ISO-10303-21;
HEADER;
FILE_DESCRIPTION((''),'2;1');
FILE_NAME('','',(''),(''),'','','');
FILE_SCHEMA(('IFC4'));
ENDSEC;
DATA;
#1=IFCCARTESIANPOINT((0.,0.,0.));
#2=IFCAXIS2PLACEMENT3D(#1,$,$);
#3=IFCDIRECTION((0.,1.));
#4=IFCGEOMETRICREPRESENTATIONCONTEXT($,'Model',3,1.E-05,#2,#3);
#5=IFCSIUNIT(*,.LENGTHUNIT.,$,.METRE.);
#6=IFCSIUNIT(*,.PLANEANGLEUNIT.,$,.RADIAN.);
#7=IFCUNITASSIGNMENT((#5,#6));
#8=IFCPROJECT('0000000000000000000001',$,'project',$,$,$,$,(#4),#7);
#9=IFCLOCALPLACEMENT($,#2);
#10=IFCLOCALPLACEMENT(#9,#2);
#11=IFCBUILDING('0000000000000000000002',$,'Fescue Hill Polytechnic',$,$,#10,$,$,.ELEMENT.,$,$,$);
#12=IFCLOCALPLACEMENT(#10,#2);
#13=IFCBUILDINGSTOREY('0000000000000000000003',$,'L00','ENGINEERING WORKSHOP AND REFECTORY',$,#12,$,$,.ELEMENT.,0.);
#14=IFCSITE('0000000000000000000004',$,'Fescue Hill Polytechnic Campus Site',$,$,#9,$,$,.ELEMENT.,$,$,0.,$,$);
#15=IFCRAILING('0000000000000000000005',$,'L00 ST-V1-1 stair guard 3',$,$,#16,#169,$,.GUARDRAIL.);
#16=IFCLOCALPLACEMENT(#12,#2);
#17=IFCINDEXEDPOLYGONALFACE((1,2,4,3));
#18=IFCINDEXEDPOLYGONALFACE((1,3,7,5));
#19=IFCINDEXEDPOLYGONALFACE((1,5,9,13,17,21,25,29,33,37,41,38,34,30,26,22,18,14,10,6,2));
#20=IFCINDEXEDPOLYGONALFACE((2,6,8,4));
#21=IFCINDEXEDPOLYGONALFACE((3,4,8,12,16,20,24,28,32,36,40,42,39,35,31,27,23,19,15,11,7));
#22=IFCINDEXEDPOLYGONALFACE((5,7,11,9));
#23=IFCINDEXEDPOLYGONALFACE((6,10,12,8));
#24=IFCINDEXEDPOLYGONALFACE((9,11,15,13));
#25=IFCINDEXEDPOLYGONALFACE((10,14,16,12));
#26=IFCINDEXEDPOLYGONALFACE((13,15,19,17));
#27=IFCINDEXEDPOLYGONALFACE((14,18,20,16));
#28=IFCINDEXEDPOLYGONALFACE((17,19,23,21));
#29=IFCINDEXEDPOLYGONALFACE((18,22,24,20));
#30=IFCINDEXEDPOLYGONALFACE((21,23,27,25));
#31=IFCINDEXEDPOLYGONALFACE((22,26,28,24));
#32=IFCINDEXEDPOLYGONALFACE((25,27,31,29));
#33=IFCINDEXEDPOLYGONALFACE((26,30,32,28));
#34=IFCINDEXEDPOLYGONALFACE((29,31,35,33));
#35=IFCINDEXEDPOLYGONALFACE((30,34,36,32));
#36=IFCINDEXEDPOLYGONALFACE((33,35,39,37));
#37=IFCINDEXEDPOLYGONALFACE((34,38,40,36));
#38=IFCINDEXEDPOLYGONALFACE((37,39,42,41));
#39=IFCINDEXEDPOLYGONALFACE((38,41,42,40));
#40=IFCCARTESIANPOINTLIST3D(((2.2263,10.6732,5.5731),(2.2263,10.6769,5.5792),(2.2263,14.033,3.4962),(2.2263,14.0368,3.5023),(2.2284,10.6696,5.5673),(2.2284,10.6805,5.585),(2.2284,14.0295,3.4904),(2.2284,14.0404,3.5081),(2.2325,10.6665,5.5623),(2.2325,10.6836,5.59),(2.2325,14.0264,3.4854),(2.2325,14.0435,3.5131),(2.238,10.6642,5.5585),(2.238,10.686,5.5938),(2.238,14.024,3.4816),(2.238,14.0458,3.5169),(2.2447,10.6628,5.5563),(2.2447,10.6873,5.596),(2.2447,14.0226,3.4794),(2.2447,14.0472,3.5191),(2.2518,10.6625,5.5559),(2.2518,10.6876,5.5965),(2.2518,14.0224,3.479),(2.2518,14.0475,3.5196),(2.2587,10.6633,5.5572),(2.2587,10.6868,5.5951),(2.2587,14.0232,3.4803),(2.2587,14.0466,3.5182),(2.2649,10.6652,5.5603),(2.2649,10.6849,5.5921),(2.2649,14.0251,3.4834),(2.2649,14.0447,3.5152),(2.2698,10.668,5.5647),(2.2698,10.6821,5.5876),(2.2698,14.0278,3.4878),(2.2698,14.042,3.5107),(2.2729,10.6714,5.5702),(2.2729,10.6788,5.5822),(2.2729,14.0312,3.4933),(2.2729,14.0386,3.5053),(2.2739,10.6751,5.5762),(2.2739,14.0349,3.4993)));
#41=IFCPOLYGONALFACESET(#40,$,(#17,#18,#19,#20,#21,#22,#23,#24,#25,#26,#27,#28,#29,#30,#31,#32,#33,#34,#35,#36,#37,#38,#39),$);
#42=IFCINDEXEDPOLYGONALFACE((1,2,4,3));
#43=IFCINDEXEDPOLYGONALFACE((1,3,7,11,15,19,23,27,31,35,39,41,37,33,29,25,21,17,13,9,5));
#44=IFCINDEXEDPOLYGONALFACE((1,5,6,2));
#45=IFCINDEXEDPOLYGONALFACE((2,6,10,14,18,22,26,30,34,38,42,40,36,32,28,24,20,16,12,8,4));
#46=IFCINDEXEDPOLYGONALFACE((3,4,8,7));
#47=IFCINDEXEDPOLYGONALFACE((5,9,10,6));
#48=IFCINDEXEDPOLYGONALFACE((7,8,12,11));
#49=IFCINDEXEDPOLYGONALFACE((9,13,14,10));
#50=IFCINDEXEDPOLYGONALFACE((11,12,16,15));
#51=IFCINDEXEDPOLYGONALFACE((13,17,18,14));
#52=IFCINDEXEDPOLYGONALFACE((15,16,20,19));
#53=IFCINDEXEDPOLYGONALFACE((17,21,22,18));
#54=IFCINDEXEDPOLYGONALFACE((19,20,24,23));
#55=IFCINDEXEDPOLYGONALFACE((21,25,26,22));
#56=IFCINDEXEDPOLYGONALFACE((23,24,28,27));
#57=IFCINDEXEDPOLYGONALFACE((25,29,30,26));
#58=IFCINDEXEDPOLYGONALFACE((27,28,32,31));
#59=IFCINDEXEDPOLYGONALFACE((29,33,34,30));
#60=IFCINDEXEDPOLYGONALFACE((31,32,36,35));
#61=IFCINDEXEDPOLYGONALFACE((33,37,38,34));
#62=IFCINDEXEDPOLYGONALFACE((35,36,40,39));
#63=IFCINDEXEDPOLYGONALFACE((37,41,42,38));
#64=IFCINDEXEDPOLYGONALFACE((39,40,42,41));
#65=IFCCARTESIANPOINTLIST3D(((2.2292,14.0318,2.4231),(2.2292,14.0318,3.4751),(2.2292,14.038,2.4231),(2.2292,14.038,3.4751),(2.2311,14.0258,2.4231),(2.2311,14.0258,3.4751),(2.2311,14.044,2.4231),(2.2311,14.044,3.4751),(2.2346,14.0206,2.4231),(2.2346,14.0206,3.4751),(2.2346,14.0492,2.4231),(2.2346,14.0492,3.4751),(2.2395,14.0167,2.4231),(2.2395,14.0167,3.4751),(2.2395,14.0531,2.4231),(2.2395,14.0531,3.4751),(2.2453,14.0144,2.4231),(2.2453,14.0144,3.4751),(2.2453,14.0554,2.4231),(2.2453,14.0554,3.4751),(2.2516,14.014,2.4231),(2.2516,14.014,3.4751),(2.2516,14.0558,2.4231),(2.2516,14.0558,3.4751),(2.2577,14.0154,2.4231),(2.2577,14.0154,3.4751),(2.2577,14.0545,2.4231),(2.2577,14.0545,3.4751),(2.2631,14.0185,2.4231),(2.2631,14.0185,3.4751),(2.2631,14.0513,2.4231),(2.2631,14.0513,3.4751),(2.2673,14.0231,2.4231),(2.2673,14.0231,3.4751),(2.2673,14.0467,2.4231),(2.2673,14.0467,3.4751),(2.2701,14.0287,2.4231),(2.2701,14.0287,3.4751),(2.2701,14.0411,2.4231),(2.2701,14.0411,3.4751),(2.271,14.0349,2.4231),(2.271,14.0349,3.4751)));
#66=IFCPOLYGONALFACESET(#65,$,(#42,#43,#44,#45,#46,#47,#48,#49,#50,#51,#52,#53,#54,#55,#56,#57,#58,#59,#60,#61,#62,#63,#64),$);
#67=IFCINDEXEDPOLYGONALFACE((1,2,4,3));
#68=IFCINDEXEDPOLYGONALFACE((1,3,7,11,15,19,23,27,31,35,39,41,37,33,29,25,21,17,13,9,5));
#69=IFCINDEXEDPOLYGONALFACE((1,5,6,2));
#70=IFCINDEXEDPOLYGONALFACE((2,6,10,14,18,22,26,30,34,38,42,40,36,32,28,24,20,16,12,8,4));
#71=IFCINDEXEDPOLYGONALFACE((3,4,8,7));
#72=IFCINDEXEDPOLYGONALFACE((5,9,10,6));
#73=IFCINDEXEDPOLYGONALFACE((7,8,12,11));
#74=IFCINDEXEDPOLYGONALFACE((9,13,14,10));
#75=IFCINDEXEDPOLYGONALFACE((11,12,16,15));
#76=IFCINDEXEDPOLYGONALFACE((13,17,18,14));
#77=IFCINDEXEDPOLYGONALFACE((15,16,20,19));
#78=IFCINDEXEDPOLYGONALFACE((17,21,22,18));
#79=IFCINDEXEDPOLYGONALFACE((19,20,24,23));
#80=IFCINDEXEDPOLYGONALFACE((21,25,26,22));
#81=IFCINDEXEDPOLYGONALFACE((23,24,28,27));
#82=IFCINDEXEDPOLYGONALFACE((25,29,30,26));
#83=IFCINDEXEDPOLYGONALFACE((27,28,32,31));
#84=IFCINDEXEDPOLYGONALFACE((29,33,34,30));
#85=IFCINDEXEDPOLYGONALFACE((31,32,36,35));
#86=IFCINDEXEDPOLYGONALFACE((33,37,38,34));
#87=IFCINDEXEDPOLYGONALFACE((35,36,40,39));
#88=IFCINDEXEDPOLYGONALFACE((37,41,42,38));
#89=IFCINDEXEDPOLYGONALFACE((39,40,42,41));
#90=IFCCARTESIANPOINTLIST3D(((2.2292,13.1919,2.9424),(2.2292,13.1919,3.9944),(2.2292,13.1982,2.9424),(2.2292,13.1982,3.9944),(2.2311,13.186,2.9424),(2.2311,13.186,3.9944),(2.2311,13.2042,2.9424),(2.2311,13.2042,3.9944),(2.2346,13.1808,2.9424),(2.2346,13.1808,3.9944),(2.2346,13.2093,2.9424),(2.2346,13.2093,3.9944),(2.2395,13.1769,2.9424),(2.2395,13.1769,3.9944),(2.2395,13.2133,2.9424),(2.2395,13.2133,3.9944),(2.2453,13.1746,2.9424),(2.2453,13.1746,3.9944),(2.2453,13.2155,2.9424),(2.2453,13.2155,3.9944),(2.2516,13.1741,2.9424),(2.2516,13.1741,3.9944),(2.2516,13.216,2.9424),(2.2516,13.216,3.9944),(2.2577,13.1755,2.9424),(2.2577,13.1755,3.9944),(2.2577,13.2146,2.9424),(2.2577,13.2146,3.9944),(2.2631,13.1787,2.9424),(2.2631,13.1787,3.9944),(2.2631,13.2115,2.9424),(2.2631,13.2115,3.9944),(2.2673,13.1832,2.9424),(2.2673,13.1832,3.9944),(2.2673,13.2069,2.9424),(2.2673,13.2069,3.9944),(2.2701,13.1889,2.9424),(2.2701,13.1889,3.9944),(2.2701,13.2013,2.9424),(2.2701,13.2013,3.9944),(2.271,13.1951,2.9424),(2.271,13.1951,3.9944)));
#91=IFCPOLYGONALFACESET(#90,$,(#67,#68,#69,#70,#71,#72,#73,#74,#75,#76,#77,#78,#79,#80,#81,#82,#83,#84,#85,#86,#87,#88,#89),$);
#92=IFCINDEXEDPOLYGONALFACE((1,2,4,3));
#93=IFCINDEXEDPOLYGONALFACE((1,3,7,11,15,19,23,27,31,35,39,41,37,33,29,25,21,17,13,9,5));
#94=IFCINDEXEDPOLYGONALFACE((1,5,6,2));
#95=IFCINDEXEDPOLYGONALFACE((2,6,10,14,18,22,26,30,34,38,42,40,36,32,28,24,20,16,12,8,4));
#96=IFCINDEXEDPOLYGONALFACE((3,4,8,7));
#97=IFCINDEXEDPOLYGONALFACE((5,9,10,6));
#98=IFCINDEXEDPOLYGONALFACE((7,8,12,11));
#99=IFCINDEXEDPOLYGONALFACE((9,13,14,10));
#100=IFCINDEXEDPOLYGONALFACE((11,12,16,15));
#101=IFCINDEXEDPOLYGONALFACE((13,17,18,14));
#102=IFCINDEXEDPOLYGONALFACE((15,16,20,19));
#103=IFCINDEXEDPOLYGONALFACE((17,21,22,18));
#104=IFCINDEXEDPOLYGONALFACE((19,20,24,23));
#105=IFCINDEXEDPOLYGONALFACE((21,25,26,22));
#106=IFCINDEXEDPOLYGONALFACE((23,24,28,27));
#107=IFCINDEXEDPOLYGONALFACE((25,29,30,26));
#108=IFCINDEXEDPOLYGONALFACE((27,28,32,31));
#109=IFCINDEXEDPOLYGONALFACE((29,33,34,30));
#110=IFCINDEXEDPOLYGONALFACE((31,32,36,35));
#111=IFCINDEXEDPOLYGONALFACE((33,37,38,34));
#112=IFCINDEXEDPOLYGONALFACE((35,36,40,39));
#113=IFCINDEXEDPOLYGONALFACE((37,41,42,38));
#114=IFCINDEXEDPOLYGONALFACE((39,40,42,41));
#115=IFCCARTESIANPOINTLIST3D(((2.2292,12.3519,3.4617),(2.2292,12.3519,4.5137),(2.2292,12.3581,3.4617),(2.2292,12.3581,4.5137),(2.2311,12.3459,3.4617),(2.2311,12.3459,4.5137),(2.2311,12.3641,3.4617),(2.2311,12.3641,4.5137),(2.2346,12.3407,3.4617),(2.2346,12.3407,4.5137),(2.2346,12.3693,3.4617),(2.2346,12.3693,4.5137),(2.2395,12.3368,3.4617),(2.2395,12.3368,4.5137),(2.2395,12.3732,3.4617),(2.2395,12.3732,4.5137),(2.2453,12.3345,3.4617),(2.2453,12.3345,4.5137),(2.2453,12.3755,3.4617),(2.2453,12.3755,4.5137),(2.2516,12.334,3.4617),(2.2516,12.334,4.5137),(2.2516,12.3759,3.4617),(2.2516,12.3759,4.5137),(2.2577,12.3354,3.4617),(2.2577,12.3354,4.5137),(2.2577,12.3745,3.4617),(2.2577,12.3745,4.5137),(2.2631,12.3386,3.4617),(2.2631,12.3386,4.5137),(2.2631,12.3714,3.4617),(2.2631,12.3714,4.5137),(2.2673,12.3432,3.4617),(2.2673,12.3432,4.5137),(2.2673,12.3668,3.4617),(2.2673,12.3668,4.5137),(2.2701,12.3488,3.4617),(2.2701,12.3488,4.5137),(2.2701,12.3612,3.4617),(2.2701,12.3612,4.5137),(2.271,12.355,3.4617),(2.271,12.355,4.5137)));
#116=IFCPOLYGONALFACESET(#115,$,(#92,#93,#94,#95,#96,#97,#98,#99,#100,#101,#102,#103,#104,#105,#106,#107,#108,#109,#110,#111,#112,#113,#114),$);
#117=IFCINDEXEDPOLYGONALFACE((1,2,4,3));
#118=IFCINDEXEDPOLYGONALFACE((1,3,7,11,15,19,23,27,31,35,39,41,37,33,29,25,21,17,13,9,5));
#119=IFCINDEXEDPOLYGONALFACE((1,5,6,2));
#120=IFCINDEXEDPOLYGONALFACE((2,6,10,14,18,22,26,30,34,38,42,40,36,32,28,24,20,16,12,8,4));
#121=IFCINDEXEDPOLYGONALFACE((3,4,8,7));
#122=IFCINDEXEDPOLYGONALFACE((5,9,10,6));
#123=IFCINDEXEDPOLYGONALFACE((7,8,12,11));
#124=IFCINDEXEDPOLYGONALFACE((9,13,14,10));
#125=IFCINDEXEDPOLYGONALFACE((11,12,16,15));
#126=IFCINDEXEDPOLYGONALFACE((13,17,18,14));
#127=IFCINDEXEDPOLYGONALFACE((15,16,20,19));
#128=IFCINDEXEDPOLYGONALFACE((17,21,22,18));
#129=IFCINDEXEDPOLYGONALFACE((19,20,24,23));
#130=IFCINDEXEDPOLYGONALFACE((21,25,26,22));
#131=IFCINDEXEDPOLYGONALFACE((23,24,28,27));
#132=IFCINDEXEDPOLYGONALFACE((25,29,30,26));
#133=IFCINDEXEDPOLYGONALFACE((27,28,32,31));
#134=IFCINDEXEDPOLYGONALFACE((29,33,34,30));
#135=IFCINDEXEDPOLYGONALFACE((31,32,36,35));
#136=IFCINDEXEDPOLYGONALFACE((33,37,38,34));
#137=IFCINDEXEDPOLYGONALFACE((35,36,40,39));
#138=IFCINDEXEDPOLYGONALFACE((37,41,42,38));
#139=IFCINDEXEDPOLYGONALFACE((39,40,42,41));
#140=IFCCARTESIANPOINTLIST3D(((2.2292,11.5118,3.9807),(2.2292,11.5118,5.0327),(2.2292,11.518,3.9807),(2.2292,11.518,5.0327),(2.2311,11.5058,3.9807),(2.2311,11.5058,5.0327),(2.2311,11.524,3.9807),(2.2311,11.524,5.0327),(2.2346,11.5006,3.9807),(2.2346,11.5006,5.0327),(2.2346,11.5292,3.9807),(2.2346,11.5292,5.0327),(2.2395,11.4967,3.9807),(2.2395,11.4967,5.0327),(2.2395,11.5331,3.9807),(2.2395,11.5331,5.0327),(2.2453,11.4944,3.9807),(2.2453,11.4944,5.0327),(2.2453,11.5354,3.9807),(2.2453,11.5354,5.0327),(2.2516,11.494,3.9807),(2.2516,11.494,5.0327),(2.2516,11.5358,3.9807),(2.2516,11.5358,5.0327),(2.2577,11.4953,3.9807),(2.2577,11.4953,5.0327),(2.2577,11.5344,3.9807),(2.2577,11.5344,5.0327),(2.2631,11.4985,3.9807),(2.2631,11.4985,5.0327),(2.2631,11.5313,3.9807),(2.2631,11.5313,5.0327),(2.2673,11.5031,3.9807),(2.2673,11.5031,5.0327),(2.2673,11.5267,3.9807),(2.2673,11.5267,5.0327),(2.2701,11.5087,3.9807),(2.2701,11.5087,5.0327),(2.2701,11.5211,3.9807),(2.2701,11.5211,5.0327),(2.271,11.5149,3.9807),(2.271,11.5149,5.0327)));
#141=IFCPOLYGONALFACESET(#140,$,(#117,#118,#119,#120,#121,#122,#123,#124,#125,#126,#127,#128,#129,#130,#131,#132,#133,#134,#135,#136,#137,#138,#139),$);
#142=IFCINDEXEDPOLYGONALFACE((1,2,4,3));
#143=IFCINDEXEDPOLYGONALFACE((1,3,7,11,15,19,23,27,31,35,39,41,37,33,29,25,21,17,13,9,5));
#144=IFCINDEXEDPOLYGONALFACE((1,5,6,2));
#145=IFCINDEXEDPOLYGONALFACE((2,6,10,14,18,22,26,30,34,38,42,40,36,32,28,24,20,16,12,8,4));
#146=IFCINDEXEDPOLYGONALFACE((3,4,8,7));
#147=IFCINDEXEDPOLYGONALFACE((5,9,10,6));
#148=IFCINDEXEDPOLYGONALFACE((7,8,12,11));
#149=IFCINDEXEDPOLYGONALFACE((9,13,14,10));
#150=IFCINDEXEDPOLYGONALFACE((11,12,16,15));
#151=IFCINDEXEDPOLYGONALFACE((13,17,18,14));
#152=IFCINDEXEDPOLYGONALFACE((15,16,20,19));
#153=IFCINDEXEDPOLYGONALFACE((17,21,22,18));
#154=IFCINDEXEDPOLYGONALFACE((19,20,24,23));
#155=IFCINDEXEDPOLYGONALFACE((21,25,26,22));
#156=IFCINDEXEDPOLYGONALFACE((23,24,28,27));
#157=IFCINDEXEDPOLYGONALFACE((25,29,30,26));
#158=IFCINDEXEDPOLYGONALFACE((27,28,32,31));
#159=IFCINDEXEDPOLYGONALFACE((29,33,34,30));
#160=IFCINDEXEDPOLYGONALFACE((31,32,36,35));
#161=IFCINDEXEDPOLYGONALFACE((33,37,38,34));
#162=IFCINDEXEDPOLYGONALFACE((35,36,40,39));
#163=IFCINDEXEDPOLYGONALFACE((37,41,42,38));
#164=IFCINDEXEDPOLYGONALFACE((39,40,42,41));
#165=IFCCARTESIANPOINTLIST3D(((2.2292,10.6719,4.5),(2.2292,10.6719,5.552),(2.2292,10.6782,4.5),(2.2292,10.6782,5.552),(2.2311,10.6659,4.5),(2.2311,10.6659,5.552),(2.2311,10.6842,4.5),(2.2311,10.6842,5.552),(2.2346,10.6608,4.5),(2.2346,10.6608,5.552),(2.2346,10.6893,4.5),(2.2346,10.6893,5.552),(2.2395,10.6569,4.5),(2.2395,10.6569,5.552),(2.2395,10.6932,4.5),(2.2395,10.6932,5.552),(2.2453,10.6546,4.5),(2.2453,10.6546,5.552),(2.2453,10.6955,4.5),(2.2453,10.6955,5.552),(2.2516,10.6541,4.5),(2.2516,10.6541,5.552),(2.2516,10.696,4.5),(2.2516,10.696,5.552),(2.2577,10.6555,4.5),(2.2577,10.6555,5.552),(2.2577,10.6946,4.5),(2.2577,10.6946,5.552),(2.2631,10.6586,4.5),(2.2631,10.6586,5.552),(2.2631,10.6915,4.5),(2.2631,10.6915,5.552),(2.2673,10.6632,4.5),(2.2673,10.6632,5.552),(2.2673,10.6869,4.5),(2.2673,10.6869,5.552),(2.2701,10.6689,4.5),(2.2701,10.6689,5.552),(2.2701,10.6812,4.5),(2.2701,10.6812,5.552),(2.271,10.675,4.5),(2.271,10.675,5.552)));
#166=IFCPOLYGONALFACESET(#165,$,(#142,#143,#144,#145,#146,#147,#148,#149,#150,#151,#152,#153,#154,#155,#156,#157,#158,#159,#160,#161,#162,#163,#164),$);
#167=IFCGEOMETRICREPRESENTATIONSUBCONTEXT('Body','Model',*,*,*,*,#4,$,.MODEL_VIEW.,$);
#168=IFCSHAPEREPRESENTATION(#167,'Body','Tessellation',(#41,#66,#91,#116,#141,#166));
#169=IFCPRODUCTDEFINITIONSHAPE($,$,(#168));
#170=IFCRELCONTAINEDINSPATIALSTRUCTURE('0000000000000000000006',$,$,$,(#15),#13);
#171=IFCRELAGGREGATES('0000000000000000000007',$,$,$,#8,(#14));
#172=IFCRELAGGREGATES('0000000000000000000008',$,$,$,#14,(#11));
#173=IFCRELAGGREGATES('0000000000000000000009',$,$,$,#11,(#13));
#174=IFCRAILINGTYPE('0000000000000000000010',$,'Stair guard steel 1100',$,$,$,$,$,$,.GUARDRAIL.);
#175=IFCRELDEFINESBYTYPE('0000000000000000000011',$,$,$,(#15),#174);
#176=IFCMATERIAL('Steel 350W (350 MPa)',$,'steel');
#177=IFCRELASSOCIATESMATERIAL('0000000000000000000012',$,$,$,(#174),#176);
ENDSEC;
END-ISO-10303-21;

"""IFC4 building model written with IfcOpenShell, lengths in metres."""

from ifc_helpers import new_model, si_unit, direction, frame, origin, origin_2d, place, context, subcontext, project, spatial, circle, extrude, material, type_object, element, save


model = new_model("IFC4")

# Units and contexts
model_context = context("Model", 3, precision=1e-05, world=origin(), true_north=direction((0.0, 1.0)))
body_context = subcontext(model_context, "Body", "Model", "MODEL_VIEW")
ifc_project = project(units=[si_unit("LENGTHUNIT", "METRE"), si_unit("PLANEANGLEUNIT", "RADIAN")], contexts=[model_context])

# Site, building, storey
site_placement = place(None, origin())
site = spatial("IfcSite", under=ifc_project, at=site_placement, Name="Fescue Hill Polytechnic Campus Site", CompositionType="ELEMENT", RefElevation=0.0)
building_placement = place(site_placement, origin())
building = spatial("IfcBuilding", under=site, at=building_placement, Name="Fescue Hill Polytechnic", CompositionType="ELEMENT")
storey_placement = place(building_placement, origin())
storey = spatial("IfcBuildingStorey", under=building, at=storey_placement, Name="L00", Description="ENGINEERING WORKSHOP AND REFECTORY", CompositionType="ELEMENT", Elevation=0.0)

# Railing
ifc_material_1 = material(Name="Steel 350W (350 MPa)", Category="steel")
railing_type_1 = type_object("IfcRailingType", Name="Stair guard steel 1100", PredefinedType="GUARDRAIL", material=ifc_material_1)
railing_1_placement = place(storey_placement, frame((2.25, 14.0349, 2.4231)))
element("IfcRailing", 1, at=railing_1_placement, inside=storey, type_object=railing_type_1, Name="L00 ST-V1-1 stair guard 3", PredefinedType="GUARDRAIL", context=body_context, shape_type="SweptSolid", body=[
    extrude(circle(Radius=0.0239, at=origin_2d()), frame((0.0, 0.0, 1.0762), z_axis=(0.0, -0.850606, 0.525803), x_axis=(1.0, 0.0, 0.0)), (0.0, 0.0, 1.0), 3.95),
    extrude(circle(Radius=0.021, at=origin_2d()), origin(), (0.0, 0.0, 1.0), 1.052),
    extrude(circle(Radius=0.021, at=origin_2d()), frame((0.0, -0.8398, 0.5193)), (0.0, 0.0, 1.0), 1.052),
    extrude(circle(Radius=0.021, at=origin_2d()), frame((0.0, -1.6799, 1.0386)), (0.0, 0.0, 1.0), 1.052),
    extrude(circle(Radius=0.021, at=origin_2d()), frame((0.0, -2.52, 1.5576)), (0.0, 0.0, 1.0), 1.052),
    extrude(circle(Radius=0.021, at=origin_2d()), frame((0.0, -3.3599, 2.0769)), (0.0, 0.0, 1.0), 1.052),
])

save(model, "model.ifc")
